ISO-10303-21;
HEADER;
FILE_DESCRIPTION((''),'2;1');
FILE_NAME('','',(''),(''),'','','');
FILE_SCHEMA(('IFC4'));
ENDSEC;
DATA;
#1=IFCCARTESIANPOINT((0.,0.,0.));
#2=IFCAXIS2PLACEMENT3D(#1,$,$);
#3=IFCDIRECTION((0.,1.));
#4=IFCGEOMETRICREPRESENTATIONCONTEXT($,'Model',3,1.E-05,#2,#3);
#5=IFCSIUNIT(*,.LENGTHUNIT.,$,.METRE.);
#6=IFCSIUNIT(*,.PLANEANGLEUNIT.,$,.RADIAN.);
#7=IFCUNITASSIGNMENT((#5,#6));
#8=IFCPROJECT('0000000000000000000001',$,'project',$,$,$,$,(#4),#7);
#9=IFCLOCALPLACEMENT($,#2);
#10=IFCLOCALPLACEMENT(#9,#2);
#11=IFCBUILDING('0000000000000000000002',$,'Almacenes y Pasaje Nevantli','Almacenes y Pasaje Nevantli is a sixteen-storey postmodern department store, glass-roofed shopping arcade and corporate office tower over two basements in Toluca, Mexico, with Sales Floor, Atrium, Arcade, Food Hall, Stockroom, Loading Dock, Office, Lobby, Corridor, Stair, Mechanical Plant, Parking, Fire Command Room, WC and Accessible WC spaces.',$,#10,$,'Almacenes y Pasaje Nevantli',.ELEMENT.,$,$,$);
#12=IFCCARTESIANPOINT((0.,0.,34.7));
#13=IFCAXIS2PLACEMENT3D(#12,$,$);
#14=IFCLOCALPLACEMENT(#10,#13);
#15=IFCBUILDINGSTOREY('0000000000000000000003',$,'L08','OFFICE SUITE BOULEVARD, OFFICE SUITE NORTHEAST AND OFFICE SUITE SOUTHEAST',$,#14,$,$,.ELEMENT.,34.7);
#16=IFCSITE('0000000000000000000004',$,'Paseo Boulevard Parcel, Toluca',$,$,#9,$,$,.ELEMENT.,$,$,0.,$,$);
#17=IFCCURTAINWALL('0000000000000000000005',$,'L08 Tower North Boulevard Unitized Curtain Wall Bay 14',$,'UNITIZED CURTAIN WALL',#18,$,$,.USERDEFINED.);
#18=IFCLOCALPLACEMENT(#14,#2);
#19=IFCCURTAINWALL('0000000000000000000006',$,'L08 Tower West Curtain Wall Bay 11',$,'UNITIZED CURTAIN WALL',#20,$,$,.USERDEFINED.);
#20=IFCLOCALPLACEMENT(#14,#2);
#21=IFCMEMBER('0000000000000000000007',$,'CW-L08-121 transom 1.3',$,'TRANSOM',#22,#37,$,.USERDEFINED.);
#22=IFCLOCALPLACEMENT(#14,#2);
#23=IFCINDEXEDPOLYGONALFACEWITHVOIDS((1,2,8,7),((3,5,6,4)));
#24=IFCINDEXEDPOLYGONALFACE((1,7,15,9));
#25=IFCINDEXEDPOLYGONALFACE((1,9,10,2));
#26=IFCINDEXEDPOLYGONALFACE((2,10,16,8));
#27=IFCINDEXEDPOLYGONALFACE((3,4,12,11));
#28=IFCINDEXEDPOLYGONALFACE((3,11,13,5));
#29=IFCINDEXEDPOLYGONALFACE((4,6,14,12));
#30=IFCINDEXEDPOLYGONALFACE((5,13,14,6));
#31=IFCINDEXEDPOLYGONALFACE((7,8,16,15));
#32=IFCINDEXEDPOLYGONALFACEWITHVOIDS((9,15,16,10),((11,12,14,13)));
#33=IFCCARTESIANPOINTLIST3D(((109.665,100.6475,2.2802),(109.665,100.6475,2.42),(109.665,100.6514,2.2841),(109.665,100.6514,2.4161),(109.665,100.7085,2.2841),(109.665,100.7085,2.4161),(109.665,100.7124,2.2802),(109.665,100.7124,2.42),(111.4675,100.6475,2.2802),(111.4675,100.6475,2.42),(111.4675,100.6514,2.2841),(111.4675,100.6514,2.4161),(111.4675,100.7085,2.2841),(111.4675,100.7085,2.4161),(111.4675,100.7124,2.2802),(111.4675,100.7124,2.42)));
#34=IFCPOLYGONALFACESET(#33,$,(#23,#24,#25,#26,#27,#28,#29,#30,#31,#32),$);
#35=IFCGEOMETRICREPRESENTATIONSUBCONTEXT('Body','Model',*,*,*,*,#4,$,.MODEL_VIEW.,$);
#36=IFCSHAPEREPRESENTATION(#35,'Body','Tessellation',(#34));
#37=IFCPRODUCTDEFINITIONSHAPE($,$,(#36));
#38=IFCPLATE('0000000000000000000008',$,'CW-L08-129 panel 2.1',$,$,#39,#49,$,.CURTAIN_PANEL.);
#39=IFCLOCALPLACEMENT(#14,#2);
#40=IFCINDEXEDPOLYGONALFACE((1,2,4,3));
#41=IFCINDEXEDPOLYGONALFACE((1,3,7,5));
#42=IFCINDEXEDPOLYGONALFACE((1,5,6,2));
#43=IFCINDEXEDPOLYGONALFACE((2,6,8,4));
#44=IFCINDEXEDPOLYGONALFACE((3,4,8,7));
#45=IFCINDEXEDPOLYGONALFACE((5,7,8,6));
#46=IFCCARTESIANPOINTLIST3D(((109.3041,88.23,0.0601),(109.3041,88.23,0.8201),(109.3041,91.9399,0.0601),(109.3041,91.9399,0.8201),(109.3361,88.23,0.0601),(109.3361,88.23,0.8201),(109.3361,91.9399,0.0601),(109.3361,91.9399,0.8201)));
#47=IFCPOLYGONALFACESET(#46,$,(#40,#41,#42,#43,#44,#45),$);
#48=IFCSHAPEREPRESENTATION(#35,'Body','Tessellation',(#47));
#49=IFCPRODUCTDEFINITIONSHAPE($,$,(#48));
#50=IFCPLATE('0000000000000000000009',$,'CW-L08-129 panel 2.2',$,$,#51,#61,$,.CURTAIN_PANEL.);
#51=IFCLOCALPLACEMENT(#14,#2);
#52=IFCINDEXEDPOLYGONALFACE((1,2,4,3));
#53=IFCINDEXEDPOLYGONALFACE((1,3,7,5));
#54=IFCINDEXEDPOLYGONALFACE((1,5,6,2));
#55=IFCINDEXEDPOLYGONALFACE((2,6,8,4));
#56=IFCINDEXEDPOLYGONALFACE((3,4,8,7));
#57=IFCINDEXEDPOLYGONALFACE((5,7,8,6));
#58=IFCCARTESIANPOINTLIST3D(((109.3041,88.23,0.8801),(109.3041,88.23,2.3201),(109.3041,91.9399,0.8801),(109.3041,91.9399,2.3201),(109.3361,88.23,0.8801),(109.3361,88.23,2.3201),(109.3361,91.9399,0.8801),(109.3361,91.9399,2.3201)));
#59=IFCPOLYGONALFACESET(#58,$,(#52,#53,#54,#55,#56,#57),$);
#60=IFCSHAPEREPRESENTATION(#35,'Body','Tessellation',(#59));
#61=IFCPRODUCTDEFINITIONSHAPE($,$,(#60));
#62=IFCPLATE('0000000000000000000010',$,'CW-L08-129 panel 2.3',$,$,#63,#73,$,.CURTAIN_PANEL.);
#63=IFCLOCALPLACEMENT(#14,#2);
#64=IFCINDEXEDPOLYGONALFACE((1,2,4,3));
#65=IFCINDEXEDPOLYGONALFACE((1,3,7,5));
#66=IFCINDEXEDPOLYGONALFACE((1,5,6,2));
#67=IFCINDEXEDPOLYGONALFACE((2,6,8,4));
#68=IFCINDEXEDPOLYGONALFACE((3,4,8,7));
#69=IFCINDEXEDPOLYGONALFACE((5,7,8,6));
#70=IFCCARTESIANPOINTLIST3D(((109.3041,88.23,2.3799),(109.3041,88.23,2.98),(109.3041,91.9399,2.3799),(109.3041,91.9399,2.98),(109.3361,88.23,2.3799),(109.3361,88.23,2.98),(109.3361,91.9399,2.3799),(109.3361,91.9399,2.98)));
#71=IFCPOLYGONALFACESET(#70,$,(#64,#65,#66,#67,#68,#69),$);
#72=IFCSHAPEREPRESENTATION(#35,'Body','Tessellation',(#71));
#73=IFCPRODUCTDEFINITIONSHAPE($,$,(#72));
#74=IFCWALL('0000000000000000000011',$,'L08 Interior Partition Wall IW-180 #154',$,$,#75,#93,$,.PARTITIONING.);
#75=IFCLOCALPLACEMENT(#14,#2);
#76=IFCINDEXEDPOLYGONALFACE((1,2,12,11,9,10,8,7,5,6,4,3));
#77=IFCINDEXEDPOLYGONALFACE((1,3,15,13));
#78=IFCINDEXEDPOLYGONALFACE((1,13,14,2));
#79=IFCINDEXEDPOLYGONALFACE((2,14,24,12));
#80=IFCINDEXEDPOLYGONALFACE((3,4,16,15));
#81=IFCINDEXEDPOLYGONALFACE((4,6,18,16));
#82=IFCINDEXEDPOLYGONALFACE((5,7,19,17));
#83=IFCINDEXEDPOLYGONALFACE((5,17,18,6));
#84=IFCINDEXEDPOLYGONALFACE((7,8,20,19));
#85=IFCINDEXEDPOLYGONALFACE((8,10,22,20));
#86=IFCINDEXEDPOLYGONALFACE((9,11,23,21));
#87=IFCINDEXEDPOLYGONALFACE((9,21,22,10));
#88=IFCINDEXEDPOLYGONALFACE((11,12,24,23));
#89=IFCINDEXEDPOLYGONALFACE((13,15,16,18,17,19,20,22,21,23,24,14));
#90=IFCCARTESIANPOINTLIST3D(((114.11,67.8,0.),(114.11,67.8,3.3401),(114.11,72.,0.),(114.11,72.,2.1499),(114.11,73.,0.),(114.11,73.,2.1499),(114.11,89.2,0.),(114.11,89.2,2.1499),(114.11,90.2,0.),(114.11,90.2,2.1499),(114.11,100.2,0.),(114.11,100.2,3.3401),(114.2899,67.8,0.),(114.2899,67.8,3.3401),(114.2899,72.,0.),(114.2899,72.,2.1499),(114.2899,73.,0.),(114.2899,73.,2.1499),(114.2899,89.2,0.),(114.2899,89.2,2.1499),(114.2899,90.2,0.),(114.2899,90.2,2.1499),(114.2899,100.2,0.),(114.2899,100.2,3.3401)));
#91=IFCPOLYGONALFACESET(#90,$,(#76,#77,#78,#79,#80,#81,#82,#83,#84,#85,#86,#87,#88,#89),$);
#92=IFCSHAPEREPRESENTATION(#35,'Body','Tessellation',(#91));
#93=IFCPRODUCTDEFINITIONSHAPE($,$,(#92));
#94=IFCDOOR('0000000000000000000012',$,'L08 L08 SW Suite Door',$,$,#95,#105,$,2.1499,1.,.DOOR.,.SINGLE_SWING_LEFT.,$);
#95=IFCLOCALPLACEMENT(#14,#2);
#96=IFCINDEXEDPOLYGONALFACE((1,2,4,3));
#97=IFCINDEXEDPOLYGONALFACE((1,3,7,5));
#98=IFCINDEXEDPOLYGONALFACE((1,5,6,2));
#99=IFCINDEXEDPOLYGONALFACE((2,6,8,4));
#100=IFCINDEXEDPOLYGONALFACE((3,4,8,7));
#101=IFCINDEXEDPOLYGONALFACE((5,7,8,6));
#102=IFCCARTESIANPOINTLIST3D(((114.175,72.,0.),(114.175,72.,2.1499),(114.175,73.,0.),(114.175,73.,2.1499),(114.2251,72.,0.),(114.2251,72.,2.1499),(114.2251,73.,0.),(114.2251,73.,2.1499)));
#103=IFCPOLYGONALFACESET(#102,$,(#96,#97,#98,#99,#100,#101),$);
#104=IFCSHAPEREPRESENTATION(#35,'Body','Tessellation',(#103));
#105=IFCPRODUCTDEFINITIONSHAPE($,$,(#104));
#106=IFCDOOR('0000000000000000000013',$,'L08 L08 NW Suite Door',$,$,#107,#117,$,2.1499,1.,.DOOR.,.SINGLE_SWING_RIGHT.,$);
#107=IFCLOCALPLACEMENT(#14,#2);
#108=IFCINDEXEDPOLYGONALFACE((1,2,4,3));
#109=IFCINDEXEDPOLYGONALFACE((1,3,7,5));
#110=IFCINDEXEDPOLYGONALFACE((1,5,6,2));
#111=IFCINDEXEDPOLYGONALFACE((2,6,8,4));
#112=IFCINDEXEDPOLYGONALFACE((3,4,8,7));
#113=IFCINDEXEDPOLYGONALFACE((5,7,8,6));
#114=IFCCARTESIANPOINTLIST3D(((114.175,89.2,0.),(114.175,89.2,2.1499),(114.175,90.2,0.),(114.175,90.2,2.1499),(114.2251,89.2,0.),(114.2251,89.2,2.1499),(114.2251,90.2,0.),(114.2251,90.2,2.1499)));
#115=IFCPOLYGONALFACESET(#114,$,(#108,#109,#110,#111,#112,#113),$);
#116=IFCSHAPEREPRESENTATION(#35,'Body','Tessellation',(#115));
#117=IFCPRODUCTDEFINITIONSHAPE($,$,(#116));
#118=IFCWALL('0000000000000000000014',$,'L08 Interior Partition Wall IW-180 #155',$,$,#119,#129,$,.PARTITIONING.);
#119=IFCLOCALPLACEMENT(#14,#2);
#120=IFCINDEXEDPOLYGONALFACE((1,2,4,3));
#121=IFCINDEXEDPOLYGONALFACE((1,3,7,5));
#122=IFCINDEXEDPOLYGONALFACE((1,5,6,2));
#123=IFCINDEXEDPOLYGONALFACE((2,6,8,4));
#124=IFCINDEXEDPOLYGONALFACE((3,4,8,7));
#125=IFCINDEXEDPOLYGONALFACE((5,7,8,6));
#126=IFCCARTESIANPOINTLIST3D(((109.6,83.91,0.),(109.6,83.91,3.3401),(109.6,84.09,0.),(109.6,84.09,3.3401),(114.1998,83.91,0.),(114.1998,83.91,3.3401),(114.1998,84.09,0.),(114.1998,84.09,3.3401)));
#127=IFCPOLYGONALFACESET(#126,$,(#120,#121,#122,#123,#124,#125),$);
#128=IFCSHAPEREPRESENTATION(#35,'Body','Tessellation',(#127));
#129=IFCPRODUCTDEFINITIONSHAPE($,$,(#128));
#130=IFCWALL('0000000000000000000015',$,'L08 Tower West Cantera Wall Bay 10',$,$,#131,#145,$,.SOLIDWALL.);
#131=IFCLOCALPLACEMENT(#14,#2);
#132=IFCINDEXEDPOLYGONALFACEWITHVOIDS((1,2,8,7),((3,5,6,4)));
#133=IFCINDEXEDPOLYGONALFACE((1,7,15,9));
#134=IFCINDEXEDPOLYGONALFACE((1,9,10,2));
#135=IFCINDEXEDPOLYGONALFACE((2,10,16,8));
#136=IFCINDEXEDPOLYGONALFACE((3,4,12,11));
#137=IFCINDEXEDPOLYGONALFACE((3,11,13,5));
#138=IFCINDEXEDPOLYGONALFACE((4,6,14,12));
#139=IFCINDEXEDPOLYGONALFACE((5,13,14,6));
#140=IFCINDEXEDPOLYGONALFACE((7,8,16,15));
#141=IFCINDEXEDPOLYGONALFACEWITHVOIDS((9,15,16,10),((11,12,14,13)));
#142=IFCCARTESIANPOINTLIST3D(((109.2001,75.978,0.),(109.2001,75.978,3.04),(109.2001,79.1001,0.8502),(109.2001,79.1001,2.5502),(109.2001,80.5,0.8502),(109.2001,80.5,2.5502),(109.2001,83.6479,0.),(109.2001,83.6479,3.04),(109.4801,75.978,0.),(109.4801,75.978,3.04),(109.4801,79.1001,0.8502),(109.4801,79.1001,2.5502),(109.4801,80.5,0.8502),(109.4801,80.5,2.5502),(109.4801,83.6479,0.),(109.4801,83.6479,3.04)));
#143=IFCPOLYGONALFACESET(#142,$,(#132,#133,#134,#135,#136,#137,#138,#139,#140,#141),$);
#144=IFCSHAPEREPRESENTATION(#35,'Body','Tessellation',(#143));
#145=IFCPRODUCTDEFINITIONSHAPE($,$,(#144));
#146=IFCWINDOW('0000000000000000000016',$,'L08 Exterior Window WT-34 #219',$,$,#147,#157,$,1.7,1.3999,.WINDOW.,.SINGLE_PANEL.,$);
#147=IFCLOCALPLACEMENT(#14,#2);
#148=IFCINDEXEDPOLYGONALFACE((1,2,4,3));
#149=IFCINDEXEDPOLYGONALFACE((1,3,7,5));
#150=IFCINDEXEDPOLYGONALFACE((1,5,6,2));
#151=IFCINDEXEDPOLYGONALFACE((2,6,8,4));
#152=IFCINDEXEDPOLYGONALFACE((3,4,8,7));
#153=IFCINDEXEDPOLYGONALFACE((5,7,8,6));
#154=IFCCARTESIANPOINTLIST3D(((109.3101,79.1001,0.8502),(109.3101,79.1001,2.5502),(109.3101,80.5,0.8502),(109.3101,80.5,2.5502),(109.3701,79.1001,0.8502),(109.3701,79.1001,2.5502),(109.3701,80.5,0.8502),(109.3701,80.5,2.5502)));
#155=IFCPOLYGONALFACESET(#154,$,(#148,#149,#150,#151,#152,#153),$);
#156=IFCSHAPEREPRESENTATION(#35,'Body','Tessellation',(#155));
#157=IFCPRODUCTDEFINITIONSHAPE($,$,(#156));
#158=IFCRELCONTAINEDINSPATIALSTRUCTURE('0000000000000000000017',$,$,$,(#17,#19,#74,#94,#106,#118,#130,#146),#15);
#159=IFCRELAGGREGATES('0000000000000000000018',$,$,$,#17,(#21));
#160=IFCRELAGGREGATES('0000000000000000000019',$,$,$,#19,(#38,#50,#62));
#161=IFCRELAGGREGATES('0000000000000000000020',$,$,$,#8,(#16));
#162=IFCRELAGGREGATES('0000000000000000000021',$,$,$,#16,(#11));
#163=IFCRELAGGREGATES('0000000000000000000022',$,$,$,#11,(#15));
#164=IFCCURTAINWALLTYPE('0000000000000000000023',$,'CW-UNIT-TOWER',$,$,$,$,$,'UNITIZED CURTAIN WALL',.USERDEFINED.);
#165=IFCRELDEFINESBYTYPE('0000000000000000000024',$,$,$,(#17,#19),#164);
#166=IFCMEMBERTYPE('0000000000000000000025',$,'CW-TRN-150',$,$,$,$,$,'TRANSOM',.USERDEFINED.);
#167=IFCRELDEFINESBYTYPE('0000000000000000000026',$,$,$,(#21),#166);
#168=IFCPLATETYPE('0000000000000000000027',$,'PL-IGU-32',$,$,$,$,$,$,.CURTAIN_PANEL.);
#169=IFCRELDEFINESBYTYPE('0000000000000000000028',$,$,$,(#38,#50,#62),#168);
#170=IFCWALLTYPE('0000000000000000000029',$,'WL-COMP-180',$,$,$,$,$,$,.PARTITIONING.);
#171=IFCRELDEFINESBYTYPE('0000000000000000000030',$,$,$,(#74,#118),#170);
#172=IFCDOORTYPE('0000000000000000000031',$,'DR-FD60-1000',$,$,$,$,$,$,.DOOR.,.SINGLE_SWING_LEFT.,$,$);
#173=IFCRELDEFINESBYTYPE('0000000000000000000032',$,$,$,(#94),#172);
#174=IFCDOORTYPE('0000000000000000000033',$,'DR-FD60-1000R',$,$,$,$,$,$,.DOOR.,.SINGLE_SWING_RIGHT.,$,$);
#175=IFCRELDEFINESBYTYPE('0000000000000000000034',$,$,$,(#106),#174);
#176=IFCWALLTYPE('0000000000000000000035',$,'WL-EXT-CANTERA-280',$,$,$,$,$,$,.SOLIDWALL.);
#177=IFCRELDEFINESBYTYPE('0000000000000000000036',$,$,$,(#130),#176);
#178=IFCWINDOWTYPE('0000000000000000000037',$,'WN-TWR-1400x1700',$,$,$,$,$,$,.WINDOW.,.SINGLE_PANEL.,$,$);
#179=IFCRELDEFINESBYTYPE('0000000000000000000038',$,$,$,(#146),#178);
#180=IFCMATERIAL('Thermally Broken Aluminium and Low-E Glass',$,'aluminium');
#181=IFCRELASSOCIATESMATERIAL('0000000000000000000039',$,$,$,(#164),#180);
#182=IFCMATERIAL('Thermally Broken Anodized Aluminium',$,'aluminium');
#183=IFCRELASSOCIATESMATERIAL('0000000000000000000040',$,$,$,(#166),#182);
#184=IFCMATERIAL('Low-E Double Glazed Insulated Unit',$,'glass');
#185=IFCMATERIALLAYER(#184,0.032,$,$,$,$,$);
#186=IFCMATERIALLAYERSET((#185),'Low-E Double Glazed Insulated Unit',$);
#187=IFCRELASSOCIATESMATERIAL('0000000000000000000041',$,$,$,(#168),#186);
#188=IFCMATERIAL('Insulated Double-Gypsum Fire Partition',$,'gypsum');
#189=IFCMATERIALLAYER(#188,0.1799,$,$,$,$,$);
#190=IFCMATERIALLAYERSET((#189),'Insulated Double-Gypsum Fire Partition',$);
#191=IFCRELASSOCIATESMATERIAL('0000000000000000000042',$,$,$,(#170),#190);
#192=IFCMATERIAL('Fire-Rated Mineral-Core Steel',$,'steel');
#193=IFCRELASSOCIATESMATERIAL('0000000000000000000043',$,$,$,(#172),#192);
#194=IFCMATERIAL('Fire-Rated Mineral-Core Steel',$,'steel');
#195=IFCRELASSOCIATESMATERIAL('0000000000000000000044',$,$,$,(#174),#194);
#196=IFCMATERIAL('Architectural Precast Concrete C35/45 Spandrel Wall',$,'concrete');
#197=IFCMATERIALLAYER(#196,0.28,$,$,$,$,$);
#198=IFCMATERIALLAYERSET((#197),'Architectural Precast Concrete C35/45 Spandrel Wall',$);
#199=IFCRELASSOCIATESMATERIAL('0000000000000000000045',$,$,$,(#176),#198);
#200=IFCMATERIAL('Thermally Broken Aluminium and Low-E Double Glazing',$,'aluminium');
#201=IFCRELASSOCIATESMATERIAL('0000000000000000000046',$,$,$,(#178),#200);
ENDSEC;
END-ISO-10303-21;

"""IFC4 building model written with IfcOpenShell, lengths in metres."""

from ifc_helpers import new_model, si_unit, direction, frame, frame_2d, origin, origin_2d, place, context, subcontext, project, spatial, rectangle, hollow_rectangle, extrude, material, layer, layer_set, material_profile, profile_set, type_object, element, fill, aggregate, save


model = new_model("IFC4")

# Units and contexts
model_context = context("Model", 3, precision=1e-05, world=origin(), true_north=direction((0.0, 1.0)))
body_context = subcontext(model_context, "Body", "Model", "MODEL_VIEW")
ifc_project = project(units=[si_unit("LENGTHUNIT", "METRE"), si_unit("PLANEANGLEUNIT", "RADIAN")], contexts=[model_context])

# Site, building, storey
site_placement = place(None, origin())
site = spatial("IfcSite", under=ifc_project, at=site_placement, Name="Paseo Boulevard Parcel, Toluca", CompositionType="ELEMENT", RefElevation=0.0)
building_placement = place(site_placement, origin())
building = spatial("IfcBuilding", under=site, at=building_placement, Name="Almacenes y Pasaje Nevantli", Description="Almacenes y Pasaje Nevantli is a sixteen-storey postmodern department store, glass-roofed shopping arcade and corporate office tower over two basements in Toluca, Mexico, with Sales Floor, Atrium, Arcade, Food Hall, Stockroom, Loading Dock, Office, Lobby, Corridor, Stair, Mechanical Plant, Parking, Fire Command Room, WC and Accessible WC spaces.", LongName="Almacenes y Pasaje Nevantli", CompositionType="ELEMENT")
storey_placement = place(building_placement, frame((0.0, 0.0, 34.7)))
storey = spatial("IfcBuildingStorey", under=building, at=storey_placement, Name="L08", Description="OFFICE SUITE BOULEVARD, OFFICE SUITE NORTHEAST AND OFFICE SUITE SOUTHEAST", CompositionType="ELEMENT", Elevation=34.7)

# Curtain wall
ifc_material_1 = material(Name="Thermally Broken Aluminium and Low-E Glass", Category="aluminium")
curtain_wall_type = type_object("IfcCurtainWallType", Name="CW-UNIT-TOWER", ElementType="UNITIZED CURTAIN WALL", PredefinedType="USERDEFINED", material=ifc_material_1)
curtain_wall_1_placement = place(storey_placement, origin())
curtain_wall_1 = element("IfcCurtainWall", 1, at=curtain_wall_1_placement, inside=storey, type_object=curtain_wall_type, Name="L08 Tower North Boulevard Unitized Curtain Wall Bay 14", ObjectType="UNITIZED CURTAIN WALL", PredefinedType="USERDEFINED")

# Curtain wall
curtain_wall_2_placement = place(storey_placement, origin())
curtain_wall_2 = element("IfcCurtainWall", 2, at=curtain_wall_2_placement, inside=storey, type_object=curtain_wall_type, Name="L08 Tower West Curtain Wall Bay 11", ObjectType="UNITIZED CURTAIN WALL", PredefinedType="USERDEFINED")

# Member
ifc_material_2 = material(Name="Thermally Broken Anodized Aluminium", Category="aluminium")
ifc_material_profile_1 = material_profile(ifc_material_2, hollow_rectangle(XDim=0.0649, YDim=0.1399, WallThickness=0.0039, at=origin_2d()), Name="ALU-TRN-65x140")
ifc_profile_set_1 = profile_set([ifc_material_profile_1], Name="Thermally Broken Anodized Aluminium")
member_type_1 = type_object("IfcMemberType", Name="CW-TRN-150", ElementType="TRANSOM", PredefinedType="USERDEFINED", material=ifc_profile_set_1)
member_1_placement = place(storey_placement, frame((109.665, 100.6799, 2.3501), z_axis=(1.0, 0.0, 0.0), x_axis=(0.0, 1.0, 0.0)))
member_1 = element("IfcMember", 3, at=member_1_placement, type_object=member_type_1, Name="CW-L08-121 transom 1.3", ObjectType="TRANSOM", PredefinedType="USERDEFINED", context=body_context, shape_type="SweptSolid", body=[
    extrude(hollow_rectangle(XDim=0.0649, YDim=0.1399, WallThickness=0.0039, at=origin_2d()), origin(), (0.0, 0.0, 1.0), 1.8025),
])
aggregate(curtain_wall_1, [member_1])

# Plates
ifc_material_3 = material(Name="Low-E Double Glazed Insulated Unit", Category="glass")
ifc_layer_1 = layer(ifc_material_3, 0.032)
ifc_layer_set_1 = layer_set([ifc_layer_1], Name="Low-E Double Glazed Insulated Unit")
plate_type = type_object("IfcPlateType", Name="PL-IGU-32", PredefinedType="CURTAIN_PANEL", material=ifc_layer_set_1)
plate_1_placement = place(storey_placement, frame((109.3201, 90.085, 0.0601), z_axis=(0.0, 0.0, 1.0), x_axis=(0.0, 1.0, 0.0)))
plate_1 = element("IfcPlate", 4, at=plate_1_placement, type_object=plate_type, Name="CW-L08-129 panel 2.1", PredefinedType="CURTAIN_PANEL", context=body_context, shape_type="SweptSolid", body=[
    extrude(rectangle(XDim=3.71, YDim=0.032, at=origin_2d()), origin(), (0.0, 0.0, 1.0), 0.76),
])
plate_2_placement = place(storey_placement, frame((109.3201, 90.085, 0.8801), z_axis=(0.0, 0.0, 1.0), x_axis=(0.0, 1.0, 0.0)))
plate_2 = element("IfcPlate", 5, at=plate_2_placement, type_object=plate_type, Name="CW-L08-129 panel 2.2", PredefinedType="CURTAIN_PANEL", context=body_context, shape_type="SweptSolid", body=[
    extrude(rectangle(XDim=3.71, YDim=0.032, at=origin_2d()), origin(), (0.0, 0.0, 1.0), 1.4399),
])
plate_3_placement = place(storey_placement, frame((109.3201, 90.085, 2.3799), z_axis=(0.0, 0.0, 1.0), x_axis=(0.0, 1.0, 0.0)))
plate_3 = element("IfcPlate", 6, at=plate_3_placement, type_object=plate_type, Name="CW-L08-129 panel 2.3", PredefinedType="CURTAIN_PANEL", context=body_context, shape_type="SweptSolid", body=[
    extrude(rectangle(XDim=3.71, YDim=0.032, at=origin_2d()), origin(), (0.0, 0.0, 1.0), 0.6001),
])
aggregate(curtain_wall_2, [plate_1, plate_2, plate_3])

# Wall, openings, doors
ifc_material_4 = material(Name="Insulated Double-Gypsum Fire Partition", Category="gypsum")
ifc_layer_2 = layer(ifc_material_4, 0.1799)
ifc_layer_set_2 = layer_set([ifc_layer_2], Name="Insulated Double-Gypsum Fire Partition")
wall_type_1 = type_object("IfcWallType", Name="WL-COMP-180", PredefinedType="PARTITIONING", material=ifc_layer_set_2)
wall_1_placement = place(storey_placement, frame((114.2, 67.8, 0.0), z_axis=(0.0, 0.0, 1.0), x_axis=(0.0, 1.0, 0.0)))
wall_1 = element("IfcWall", 7, at=wall_1_placement, inside=storey, type_object=wall_type_1, Name="L08 Interior Partition Wall IW-180 #154", PredefinedType="PARTITIONING", context=body_context, shape_type="SweptSolid", body=[
    extrude(rectangle(XDim=32.3999, YDim=0.1799, at=frame_2d((16.2, 0.0))), origin(), (0.0, 0.0, 1.0), 3.3401),
])
opening_1_placement = place(wall_1_placement, frame((4.2, 0.0, 0.0)))
opening_1 = element("IfcOpeningElement", 8, at=opening_1_placement, cuts=wall_1, PredefinedType="OPENING", context=body_context, shape_type="SweptSolid", body=[
    extrude(rectangle(XDim=1.0, YDim=2.1499, at=frame_2d((0.5, 1.075))), frame((0.0, 0.0999, 0.0), z_axis=(0.0, -1.0, 0.0), x_axis=(1.0, 0.0, 0.0)), (0.0, 0.0, 1.0), 0.2),
])
opening_2_placement = place(wall_1_placement, frame((21.3999, 0.0, 0.0)))
opening_2 = element("IfcOpeningElement", 9, at=opening_2_placement, cuts=wall_1, PredefinedType="OPENING", context=body_context, shape_type="SweptSolid", body=[
    extrude(rectangle(XDim=1.0, YDim=2.1499, at=frame_2d((0.5, 1.075))), frame((0.0, 0.0999, 0.0), z_axis=(0.0, -1.0, 0.0), x_axis=(1.0, 0.0, 0.0)), (0.0, 0.0, 1.0), 0.2),
])
ifc_material_5 = material(Name="Fire-Rated Mineral-Core Steel", Category="steel")
door_type_1 = type_object("IfcDoorType", Name="DR-FD60-1000", OperationType="SINGLE_SWING_LEFT", PredefinedType="DOOR", material=ifc_material_5)
door_1_placement = place(opening_1_placement, origin())
door_1 = element("IfcDoor", 10, at=door_1_placement, inside=storey, type_object=door_type_1, Name="L08 L08 SW Suite Door", OperationType="SINGLE_SWING_LEFT", OverallHeight=2.1499, OverallWidth=1.0, PredefinedType="DOOR", context=body_context, shape_type="SweptSolid", body=[
    extrude(rectangle(XDim=1.0, YDim=2.1499, at=frame_2d((0.5, 1.075))), frame((0.0, 0.0249, 0.0), z_axis=(0.0, -1.0, 0.0), x_axis=(1.0, 0.0, 0.0)), (0.0, 0.0, 1.0), 0.05),
])
fill(opening_1, door_1)
ifc_material_6 = material(Name="Fire-Rated Mineral-Core Steel", Category="steel")
door_type_2 = type_object("IfcDoorType", Name="DR-FD60-1000R", OperationType="SINGLE_SWING_RIGHT", PredefinedType="DOOR", material=ifc_material_6)
door_2_placement = place(opening_2_placement, origin())
door_2 = element("IfcDoor", 11, at=door_2_placement, inside=storey, type_object=door_type_2, Name="L08 L08 NW Suite Door", OperationType="SINGLE_SWING_RIGHT", OverallHeight=2.1499, OverallWidth=1.0, PredefinedType="DOOR", context=body_context, shape_type="SweptSolid", body=[
    extrude(rectangle(XDim=1.0, YDim=2.1499, at=frame_2d((0.5, 1.075))), frame((0.0, 0.0249, 0.0), z_axis=(0.0, -1.0, 0.0), x_axis=(1.0, 0.0, 0.0)), (0.0, 0.0, 1.0), 0.05),
])
fill(opening_2, door_2)

# Wall
wall_2_placement = place(storey_placement, frame((109.6001, 84.0, 0.0), z_axis=(0.0, 0.0, 1.0), x_axis=(1.0, 0.0, 0.0)))
element("IfcWall", 12, at=wall_2_placement, inside=storey, type_object=wall_type_1, Name="L08 Interior Partition Wall IW-180 #155", PredefinedType="PARTITIONING", context=body_context, shape_type="SweptSolid", body=[
    extrude(rectangle(XDim=4.5999, YDim=0.1799, at=frame_2d((2.2998, 0.0))), origin(), (0.0, 0.0, 1.0), 3.3401),
])

# Wall, opening, window
ifc_material_7 = material(Name="Architectural Precast Concrete C35/45 Spandrel Wall", Category="concrete")
ifc_layer_3 = layer(ifc_material_7, 0.28)
ifc_layer_set_3 = layer_set([ifc_layer_3], Name="Architectural Precast Concrete C35/45 Spandrel Wall")
wall_type_2 = type_object("IfcWallType", Name="WL-EXT-CANTERA-280", PredefinedType="SOLIDWALL", material=ifc_layer_set_3)
wall_3_placement = place(storey_placement, frame((109.3401, 75.978, 0.0), z_axis=(0.0, 0.0, 1.0), x_axis=(0.0, 1.0, 0.0)))
wall_3 = element("IfcWall", 13, at=wall_3_placement, inside=storey, type_object=wall_type_2, Name="L08 Tower West Cantera Wall Bay 10", PredefinedType="SOLIDWALL", context=body_context, shape_type="SweptSolid", body=[
    extrude(rectangle(XDim=7.6699, YDim=0.28, at=frame_2d((3.835, 0.0))), origin(), (0.0, 0.0, 1.0), 3.04),
])
opening_3_placement = place(wall_3_placement, frame((3.1221, 0.0, 0.8501)))
opening_3 = element("IfcOpeningElement", 14, at=opening_3_placement, cuts=wall_3, PredefinedType="OPENING", context=body_context, shape_type="SweptSolid", body=[
    extrude(rectangle(XDim=1.3999, YDim=1.7, at=frame_2d((0.7, 0.8501))), frame((0.0, 0.1499, 0.0), z_axis=(0.0, -1.0, 0.0), x_axis=(1.0, 0.0, 0.0)), (0.0, 0.0, 1.0), 0.3),
])
ifc_material_8 = material(Name="Thermally Broken Aluminium and Low-E Double Glazing", Category="aluminium")
window_type_1 = type_object("IfcWindowType", Name="WN-TWR-1400x1700", PartitioningType="SINGLE_PANEL", PredefinedType="WINDOW", material=ifc_material_8)
window_1_placement = place(opening_3_placement, origin())
window_1 = element("IfcWindow", 15, at=window_1_placement, inside=storey, type_object=window_type_1, Name="L08 Exterior Window WT-34 #219", OverallHeight=1.7, OverallWidth=1.3999, PartitioningType="SINGLE_PANEL", PredefinedType="WINDOW", context=body_context, shape_type="SweptSolid", body=[
    extrude(rectangle(XDim=1.3999, YDim=1.7, at=frame_2d((0.7, 0.8501))), frame((0.0, 0.03, 0.0), z_axis=(0.0, -1.0, 0.0), x_axis=(1.0, 0.0, 0.0)), (0.0, 0.0, 1.0), 0.0601),
])
fill(opening_3, window_1)

save(model, "model.ifc")
